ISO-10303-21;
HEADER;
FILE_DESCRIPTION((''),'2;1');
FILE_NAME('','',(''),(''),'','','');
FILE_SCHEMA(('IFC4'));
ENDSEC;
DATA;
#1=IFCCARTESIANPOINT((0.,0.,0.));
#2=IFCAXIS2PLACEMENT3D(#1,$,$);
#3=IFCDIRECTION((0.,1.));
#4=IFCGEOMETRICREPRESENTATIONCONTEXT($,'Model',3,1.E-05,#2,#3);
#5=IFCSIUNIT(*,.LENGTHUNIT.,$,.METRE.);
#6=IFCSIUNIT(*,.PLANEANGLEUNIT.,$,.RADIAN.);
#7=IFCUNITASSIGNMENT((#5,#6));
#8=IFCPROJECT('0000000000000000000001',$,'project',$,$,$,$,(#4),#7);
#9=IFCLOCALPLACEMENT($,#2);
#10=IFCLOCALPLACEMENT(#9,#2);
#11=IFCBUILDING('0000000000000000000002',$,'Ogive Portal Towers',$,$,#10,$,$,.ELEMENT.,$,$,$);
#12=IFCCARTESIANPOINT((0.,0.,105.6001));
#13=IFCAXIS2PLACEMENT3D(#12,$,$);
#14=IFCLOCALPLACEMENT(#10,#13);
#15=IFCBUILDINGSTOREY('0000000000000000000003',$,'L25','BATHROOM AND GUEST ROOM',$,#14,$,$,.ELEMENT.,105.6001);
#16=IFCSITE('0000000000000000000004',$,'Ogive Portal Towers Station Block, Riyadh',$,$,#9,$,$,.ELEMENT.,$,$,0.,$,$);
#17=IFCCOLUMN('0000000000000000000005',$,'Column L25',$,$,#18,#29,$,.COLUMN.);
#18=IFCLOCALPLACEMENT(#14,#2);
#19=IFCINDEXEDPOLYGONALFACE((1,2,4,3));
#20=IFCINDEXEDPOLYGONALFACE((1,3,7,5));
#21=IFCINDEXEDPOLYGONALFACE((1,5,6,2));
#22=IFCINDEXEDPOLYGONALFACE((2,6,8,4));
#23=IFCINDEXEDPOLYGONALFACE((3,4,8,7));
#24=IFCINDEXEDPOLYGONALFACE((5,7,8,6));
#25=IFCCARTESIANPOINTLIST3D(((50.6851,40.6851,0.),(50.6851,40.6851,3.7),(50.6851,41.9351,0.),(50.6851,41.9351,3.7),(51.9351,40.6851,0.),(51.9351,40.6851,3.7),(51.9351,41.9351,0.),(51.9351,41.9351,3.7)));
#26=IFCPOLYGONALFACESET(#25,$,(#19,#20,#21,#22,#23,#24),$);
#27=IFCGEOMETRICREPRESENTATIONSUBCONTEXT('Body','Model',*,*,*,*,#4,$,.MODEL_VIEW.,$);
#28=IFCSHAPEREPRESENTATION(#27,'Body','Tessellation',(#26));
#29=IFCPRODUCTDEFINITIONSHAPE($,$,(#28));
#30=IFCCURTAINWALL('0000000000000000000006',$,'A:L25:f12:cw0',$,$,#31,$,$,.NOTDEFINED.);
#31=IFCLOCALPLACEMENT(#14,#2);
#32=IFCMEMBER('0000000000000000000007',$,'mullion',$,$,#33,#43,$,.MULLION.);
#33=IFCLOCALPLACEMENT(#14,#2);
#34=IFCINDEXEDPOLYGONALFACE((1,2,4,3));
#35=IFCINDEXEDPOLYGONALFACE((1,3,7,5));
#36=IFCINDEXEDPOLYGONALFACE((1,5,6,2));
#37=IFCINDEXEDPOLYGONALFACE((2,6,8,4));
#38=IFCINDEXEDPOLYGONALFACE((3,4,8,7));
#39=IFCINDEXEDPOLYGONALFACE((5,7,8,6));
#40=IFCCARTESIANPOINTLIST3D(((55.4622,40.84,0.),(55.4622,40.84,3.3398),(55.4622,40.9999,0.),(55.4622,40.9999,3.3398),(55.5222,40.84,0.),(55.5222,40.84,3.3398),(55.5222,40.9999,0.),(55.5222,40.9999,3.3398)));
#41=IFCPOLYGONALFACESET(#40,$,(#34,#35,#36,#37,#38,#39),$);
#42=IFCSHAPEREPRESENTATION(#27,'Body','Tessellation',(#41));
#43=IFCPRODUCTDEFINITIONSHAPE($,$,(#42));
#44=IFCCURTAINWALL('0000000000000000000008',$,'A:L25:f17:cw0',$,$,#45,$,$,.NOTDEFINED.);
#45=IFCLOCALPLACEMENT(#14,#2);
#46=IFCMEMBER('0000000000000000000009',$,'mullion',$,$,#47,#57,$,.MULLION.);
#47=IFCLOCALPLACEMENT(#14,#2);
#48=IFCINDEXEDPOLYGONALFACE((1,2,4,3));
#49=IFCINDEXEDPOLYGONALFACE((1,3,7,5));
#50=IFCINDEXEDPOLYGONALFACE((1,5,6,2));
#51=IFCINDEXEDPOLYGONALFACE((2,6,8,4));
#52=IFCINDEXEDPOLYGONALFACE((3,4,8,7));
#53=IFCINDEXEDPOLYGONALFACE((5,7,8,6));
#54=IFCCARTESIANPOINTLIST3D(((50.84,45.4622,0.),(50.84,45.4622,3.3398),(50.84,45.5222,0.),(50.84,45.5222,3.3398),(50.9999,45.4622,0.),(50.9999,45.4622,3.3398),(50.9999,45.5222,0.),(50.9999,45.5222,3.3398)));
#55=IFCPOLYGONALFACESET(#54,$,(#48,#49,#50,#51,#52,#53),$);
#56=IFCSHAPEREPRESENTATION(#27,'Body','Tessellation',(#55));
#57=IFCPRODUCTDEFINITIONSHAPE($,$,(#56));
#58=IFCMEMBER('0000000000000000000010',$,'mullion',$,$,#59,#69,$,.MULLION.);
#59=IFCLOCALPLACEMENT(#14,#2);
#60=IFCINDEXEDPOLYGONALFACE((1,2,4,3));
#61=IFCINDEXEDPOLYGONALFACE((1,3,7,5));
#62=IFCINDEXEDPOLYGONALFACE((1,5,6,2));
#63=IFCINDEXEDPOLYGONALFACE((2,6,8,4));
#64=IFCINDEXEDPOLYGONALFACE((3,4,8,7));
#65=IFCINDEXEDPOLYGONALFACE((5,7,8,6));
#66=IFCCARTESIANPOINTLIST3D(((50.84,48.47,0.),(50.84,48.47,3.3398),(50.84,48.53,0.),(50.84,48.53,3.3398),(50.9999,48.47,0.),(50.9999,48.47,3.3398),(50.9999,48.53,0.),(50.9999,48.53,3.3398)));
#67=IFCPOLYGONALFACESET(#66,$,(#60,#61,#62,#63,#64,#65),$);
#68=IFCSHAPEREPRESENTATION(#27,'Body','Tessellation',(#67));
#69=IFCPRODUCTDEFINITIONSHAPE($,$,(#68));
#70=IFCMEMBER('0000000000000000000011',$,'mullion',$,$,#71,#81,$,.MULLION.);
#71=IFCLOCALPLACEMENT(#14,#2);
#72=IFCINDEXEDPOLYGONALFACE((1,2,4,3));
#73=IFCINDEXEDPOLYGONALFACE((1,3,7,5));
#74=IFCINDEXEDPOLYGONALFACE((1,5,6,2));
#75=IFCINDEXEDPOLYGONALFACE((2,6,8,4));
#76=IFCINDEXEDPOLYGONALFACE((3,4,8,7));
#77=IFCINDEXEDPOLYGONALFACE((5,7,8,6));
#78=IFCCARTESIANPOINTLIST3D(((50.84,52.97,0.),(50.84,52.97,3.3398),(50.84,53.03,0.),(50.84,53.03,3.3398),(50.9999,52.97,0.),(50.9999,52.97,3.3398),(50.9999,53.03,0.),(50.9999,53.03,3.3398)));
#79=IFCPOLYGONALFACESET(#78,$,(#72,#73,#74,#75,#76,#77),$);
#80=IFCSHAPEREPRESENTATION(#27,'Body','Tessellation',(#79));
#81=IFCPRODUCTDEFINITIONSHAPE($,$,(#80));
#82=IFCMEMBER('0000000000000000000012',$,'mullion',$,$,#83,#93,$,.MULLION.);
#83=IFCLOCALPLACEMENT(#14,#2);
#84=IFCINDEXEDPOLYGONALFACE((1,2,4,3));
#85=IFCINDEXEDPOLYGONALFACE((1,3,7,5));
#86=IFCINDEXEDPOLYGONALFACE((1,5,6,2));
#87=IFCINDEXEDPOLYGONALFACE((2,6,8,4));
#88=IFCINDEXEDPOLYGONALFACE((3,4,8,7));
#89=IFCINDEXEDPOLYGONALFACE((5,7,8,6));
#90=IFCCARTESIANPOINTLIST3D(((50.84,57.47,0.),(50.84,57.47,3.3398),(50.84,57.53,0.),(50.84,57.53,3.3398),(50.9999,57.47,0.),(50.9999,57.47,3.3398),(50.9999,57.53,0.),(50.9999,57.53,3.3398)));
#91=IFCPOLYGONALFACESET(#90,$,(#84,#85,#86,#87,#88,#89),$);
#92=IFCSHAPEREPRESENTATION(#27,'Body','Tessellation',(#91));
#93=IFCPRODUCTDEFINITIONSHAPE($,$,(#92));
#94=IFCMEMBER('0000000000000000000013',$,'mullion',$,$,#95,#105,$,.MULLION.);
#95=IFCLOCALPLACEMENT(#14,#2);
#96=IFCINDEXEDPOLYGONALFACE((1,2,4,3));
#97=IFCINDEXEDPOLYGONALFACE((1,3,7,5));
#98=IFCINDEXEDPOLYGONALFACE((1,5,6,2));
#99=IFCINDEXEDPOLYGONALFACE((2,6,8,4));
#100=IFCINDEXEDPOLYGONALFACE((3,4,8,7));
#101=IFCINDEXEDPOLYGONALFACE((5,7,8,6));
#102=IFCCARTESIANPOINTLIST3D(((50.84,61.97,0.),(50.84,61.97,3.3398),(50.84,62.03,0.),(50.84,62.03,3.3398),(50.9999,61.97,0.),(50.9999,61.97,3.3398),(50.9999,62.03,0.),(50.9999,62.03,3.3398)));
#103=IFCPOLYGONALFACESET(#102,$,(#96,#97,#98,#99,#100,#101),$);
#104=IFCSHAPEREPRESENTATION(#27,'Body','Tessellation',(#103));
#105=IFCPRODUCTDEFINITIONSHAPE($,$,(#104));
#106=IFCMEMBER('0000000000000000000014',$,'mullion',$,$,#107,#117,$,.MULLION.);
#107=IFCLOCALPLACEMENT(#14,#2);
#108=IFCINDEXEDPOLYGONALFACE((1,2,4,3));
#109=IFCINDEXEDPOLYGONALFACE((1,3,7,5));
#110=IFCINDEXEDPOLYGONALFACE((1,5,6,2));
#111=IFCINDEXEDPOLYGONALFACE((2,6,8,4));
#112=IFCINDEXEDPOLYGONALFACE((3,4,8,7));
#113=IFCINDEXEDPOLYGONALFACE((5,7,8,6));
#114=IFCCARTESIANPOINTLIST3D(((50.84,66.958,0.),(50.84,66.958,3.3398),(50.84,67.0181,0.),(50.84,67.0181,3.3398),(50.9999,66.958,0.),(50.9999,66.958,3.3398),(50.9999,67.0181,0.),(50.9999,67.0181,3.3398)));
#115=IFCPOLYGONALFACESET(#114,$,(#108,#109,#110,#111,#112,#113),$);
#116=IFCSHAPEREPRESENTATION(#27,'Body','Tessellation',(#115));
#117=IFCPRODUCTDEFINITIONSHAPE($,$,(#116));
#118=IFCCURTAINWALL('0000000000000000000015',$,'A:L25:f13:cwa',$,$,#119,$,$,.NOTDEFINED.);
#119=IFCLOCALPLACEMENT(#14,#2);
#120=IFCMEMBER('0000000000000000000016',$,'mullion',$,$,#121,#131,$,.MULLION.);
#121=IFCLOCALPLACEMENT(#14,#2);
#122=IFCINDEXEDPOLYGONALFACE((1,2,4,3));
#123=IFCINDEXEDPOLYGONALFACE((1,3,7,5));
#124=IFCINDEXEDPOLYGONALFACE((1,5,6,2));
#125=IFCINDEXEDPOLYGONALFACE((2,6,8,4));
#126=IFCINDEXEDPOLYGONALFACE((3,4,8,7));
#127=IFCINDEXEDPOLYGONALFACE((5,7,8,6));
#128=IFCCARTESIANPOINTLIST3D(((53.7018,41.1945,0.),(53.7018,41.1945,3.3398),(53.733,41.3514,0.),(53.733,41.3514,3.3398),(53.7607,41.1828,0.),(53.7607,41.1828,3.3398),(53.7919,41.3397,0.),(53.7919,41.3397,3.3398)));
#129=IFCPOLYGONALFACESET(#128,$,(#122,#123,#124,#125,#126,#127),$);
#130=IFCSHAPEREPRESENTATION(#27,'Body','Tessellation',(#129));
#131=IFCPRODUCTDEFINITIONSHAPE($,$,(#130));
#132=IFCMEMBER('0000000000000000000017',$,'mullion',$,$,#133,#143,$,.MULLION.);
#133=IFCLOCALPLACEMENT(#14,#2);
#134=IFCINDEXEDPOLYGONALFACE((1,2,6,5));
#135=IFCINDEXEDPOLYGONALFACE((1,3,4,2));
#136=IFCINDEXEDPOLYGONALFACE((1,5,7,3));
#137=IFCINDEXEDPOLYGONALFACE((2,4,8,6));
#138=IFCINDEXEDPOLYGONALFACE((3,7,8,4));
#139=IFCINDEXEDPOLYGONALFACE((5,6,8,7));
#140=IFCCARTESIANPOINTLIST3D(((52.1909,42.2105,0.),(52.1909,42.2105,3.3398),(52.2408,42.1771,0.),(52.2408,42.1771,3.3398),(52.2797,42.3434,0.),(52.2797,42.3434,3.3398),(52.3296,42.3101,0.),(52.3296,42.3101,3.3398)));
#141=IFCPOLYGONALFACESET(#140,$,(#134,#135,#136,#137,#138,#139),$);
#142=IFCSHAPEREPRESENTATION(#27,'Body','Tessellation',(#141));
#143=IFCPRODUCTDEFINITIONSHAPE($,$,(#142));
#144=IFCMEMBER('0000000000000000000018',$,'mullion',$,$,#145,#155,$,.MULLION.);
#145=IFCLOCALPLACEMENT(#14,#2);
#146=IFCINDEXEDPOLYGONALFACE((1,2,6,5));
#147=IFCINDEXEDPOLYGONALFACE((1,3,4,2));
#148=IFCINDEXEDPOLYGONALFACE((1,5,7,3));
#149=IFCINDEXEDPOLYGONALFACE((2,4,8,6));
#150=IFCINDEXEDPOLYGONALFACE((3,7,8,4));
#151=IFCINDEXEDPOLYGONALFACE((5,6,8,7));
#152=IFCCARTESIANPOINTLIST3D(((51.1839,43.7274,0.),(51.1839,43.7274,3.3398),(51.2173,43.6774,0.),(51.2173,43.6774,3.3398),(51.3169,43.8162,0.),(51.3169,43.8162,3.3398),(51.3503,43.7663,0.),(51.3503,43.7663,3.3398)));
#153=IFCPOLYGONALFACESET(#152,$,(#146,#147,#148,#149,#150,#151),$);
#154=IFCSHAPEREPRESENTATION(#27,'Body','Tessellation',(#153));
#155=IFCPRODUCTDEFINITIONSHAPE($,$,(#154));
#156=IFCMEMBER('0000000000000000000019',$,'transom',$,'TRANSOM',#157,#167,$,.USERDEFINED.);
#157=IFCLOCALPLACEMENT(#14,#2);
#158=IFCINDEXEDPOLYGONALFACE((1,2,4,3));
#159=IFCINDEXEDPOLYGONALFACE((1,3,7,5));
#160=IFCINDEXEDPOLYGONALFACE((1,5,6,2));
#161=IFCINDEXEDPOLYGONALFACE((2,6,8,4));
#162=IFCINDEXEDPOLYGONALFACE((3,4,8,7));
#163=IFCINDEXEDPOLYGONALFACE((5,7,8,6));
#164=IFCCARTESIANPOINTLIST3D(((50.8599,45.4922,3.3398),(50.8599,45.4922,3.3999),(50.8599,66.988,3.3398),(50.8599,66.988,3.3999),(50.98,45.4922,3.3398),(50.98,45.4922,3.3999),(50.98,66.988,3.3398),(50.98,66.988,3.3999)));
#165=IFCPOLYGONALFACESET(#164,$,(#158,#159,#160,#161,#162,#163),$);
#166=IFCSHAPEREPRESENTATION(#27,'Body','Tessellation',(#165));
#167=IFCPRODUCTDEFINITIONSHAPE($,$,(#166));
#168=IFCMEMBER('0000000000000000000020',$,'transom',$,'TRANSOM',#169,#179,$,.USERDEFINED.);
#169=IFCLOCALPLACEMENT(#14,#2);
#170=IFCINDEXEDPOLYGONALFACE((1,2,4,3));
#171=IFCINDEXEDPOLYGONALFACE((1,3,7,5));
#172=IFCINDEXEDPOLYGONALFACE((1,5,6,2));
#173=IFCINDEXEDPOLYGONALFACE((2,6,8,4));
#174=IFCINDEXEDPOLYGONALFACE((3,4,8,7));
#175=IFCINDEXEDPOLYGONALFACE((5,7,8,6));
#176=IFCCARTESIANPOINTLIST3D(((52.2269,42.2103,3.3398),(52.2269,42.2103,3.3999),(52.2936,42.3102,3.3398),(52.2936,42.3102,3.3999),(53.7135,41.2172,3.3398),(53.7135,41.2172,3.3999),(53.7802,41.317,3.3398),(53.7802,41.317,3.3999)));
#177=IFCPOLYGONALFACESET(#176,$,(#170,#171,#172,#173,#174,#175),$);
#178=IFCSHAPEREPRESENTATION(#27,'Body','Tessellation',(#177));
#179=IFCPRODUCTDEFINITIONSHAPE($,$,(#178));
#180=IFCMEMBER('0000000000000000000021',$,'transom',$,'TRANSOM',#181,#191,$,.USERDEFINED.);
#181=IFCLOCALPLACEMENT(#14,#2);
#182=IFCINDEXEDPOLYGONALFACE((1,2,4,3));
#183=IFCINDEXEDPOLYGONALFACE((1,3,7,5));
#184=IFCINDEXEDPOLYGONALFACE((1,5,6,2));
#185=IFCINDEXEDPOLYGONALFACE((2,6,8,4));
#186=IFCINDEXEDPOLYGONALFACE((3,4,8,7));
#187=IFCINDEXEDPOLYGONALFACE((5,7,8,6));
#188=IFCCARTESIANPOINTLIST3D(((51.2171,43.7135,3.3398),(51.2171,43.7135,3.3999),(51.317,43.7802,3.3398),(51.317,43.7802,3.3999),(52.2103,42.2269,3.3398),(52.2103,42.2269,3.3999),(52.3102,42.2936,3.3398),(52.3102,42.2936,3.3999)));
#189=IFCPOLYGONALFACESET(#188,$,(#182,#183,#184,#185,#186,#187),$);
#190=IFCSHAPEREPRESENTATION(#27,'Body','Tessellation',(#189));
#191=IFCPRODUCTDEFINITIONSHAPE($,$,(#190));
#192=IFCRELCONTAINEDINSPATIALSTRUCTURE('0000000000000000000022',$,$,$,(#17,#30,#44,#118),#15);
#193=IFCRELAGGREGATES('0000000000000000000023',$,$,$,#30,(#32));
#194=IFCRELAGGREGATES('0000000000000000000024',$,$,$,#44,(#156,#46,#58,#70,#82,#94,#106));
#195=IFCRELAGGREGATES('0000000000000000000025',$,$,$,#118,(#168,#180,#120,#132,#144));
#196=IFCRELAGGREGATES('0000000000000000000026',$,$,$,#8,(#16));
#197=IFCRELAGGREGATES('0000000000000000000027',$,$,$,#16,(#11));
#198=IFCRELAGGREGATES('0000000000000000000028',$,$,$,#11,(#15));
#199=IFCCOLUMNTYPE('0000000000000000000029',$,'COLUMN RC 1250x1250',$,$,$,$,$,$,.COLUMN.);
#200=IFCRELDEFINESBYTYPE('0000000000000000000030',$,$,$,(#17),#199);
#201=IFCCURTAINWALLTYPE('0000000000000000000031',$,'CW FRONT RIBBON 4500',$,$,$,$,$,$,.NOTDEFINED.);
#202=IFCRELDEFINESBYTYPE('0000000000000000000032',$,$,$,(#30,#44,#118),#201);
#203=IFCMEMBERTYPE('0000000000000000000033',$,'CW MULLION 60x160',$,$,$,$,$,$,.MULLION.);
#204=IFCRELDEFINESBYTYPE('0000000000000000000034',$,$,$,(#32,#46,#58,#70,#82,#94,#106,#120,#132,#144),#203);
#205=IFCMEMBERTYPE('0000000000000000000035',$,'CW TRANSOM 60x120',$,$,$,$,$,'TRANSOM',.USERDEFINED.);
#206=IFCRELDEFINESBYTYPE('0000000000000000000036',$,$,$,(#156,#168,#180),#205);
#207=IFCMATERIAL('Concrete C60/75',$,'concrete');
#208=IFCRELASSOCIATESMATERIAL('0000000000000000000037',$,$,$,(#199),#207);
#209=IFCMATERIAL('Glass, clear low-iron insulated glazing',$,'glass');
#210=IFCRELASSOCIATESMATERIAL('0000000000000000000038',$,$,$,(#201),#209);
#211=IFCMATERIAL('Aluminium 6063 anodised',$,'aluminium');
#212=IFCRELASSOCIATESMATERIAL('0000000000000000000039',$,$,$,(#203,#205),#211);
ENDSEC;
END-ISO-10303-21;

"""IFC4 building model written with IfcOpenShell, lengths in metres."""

from ifc_helpers import new_model, si_unit, direction, frame, origin, origin_2d, place, context, subcontext, project, spatial, rectangle, extrude, material, material_profile, profile_set, type_object, element, aggregate, save


model = new_model("IFC4")

# Units and contexts
model_context = context("Model", 3, precision=1e-05, world=origin(), true_north=direction((0.0, 1.0)))
body_context = subcontext(model_context, "Body", "Model", "MODEL_VIEW")
ifc_project = project(units=[si_unit("LENGTHUNIT", "METRE"), si_unit("PLANEANGLEUNIT", "RADIAN")], contexts=[model_context])

# Site, building, storey
site_placement = place(None, origin())
site = spatial("IfcSite", under=ifc_project, at=site_placement, Name="Ogive Portal Towers Station Block, Riyadh", CompositionType="ELEMENT", RefElevation=0.0)
building_placement = place(site_placement, origin())
building = spatial("IfcBuilding", under=site, at=building_placement, Name="Ogive Portal Towers", CompositionType="ELEMENT")
storey_placement = place(building_placement, frame((0.0, 0.0, 105.6001)))
storey = spatial("IfcBuildingStorey", under=building, at=storey_placement, Name="L25", Description="BATHROOM AND GUEST ROOM", CompositionType="ELEMENT", Elevation=105.6001)

# Column
ifc_material_1 = material(Name="Concrete C60/75", Category="concrete")
ifc_material_profile_1 = material_profile(ifc_material_1, rectangle(XDim=1.25, YDim=1.25, at=origin_2d()), Name="RC 1250x1250")
ifc_profile_set_1 = profile_set([ifc_material_profile_1], Name="Concrete C60/75")
column_type = type_object("IfcColumnType", Name="COLUMN RC 1250x1250", PredefinedType="COLUMN", material=ifc_profile_set_1)
column_placement = place(storey_placement, frame((51.3101, 41.3101, 0.0), z_axis=(0.0, 0.0, 1.0), x_axis=(1.0, 0.0, 0.0)))
element("IfcColumn", 1, at=column_placement, inside=storey, type_object=column_type, Name="Column L25", PredefinedType="COLUMN", context=body_context, shape_type="SweptSolid", body=[
    extrude(rectangle(XDim=1.25, YDim=1.25, at=origin_2d()), origin(), (0.0, 0.0, 1.0), 3.7),
])

# Curtain wall, member
ifc_material_2 = material(Name="Glass, clear low-iron insulated glazing", Category="glass")
curtain_wall_type = type_object("IfcCurtainWallType", Name="CW FRONT RIBBON 4500", PredefinedType="NOTDEFINED", material=ifc_material_2)
curtain_wall_1_placement = place(storey_placement, origin())
curtain_wall_1 = element("IfcCurtainWall", 2, at=curtain_wall_1_placement, inside=storey, type_object=curtain_wall_type, Name="A:L25:f12:cw0", PredefinedType="NOTDEFINED")
ifc_material_3 = material(Name="Aluminium 6063 anodised", Category="aluminium")
ifc_material_profile_2 = material_profile(ifc_material_3, rectangle(XDim=0.1599, YDim=0.0601, at=origin_2d()), Name="AL 60x160")
ifc_profile_set_2 = profile_set([ifc_material_profile_2], Name="Aluminium 6063 anodised")
member_type_1 = type_object("IfcMemberType", Name="CW MULLION 60x160", PredefinedType="MULLION", material=ifc_profile_set_2)
member_1_placement = place(storey_placement, frame((55.4922, 40.9199, 0.0), z_axis=(0.0, 0.0, 1.0), x_axis=(0.0, -1.0, 0.0)))
member_1 = element("IfcMember", 3, at=member_1_placement, type_object=member_type_1, Name="mullion", PredefinedType="MULLION", context=body_context, shape_type="SweptSolid", body=[
    extrude(rectangle(XDim=0.1599, YDim=0.0601, at=origin_2d()), origin(), (0.0, 0.0, 1.0), 3.3398),
])
aggregate(curtain_wall_1, [member_1])

# Curtain walls, members
curtain_wall_2_placement = place(storey_placement, origin())
curtain_wall_2 = element("IfcCurtainWall", 4, at=curtain_wall_2_placement, inside=storey, type_object=curtain_wall_type, Name="A:L25:f17:cw0", PredefinedType="NOTDEFINED")
member_2_placement = place(storey_placement, frame((50.9199, 45.4922, 0.0), z_axis=(0.0, 0.0, 1.0), x_axis=(-1.0, 0.0, 0.0)))
member_2 = element("IfcMember", 5, at=member_2_placement, type_object=member_type_1, Name="mullion", PredefinedType="MULLION", context=body_context, shape_type="SweptSolid", body=[
    extrude(rectangle(XDim=0.1599, YDim=0.0601, at=origin_2d()), origin(), (0.0, 0.0, 1.0), 3.3398),
])
member_3_placement = place(storey_placement, frame((50.9199, 48.5, 0.0), z_axis=(0.0, 0.0, 1.0), x_axis=(-1.0, 0.0, 0.0)))
member_3 = element("IfcMember", 6, at=member_3_placement, type_object=member_type_1, Name="mullion", PredefinedType="MULLION", context=body_context, shape_type="SweptSolid", body=[
    extrude(rectangle(XDim=0.1599, YDim=0.0601, at=origin_2d()), origin(), (0.0, 0.0, 1.0), 3.3398),
])
member_4_placement = place(storey_placement, frame((50.9199, 53.0, 0.0), z_axis=(0.0, 0.0, 1.0), x_axis=(-1.0, 0.0, 0.0)))
member_4 = element("IfcMember", 7, at=member_4_placement, type_object=member_type_1, Name="mullion", PredefinedType="MULLION", context=body_context, shape_type="SweptSolid", body=[
    extrude(rectangle(XDim=0.1599, YDim=0.0601, at=origin_2d()), origin(), (0.0, 0.0, 1.0), 3.3398),
])
member_5_placement = place(storey_placement, frame((50.9199, 57.5, 0.0), z_axis=(0.0, 0.0, 1.0), x_axis=(-1.0, 0.0, 0.0)))
member_5 = element("IfcMember", 8, at=member_5_placement, type_object=member_type_1, Name="mullion", PredefinedType="MULLION", context=body_context, shape_type="SweptSolid", body=[
    extrude(rectangle(XDim=0.1599, YDim=0.0601, at=origin_2d()), origin(), (0.0, 0.0, 1.0), 3.3398),
])
member_6_placement = place(storey_placement, frame((50.9199, 62.0, 0.0), z_axis=(0.0, 0.0, 1.0), x_axis=(-1.0, 0.0, 0.0)))
member_6 = element("IfcMember", 9, at=member_6_placement, type_object=member_type_1, Name="mullion", PredefinedType="MULLION", context=body_context, shape_type="SweptSolid", body=[
    extrude(rectangle(XDim=0.1599, YDim=0.0601, at=origin_2d()), origin(), (0.0, 0.0, 1.0), 3.3398),
])
member_7_placement = place(storey_placement, frame((50.9199, 66.988, 0.0), z_axis=(0.0, 0.0, 1.0), x_axis=(-1.0, 0.0, 0.0)))
member_7 = element("IfcMember", 10, at=member_7_placement, type_object=member_type_1, Name="mullion", PredefinedType="MULLION", context=body_context, shape_type="SweptSolid", body=[
    extrude(rectangle(XDim=0.1599, YDim=0.0601, at=origin_2d()), origin(), (0.0, 0.0, 1.0), 3.3398),
])
curtain_wall_3_placement = place(storey_placement, origin())
curtain_wall_3 = element("IfcCurtainWall", 11, at=curtain_wall_3_placement, inside=storey, type_object=curtain_wall_type, Name="A:L25:f13:cwa", PredefinedType="NOTDEFINED")
member_8_placement = place(storey_placement, frame((53.7468, 41.2671, 0.0), z_axis=(0.0, 0.0, 1.0), x_axis=(-0.19509, -0.980785, 0.0)))
member_8 = element("IfcMember", 12, at=member_8_placement, type_object=member_type_1, Name="mullion", PredefinedType="MULLION", context=body_context, shape_type="SweptSolid", body=[
    extrude(rectangle(XDim=0.1599, YDim=0.0601, at=origin_2d()), origin(), (0.0, 0.0, 1.0), 3.3398),
])
member_9_placement = place(storey_placement, frame((52.2603, 42.2603, 0.0), z_axis=(0.0, 0.0, 1.0), x_axis=(-0.55557, -0.83147, 0.0)))
member_9 = element("IfcMember", 13, at=member_9_placement, type_object=member_type_1, Name="mullion", PredefinedType="MULLION", context=body_context, shape_type="SweptSolid", body=[
    extrude(rectangle(XDim=0.1599, YDim=0.0601, at=origin_2d()), origin(), (0.0, 0.0, 1.0), 3.3398),
])
member_10_placement = place(storey_placement, frame((51.2671, 43.7468, 0.0), z_axis=(0.0, 0.0, 1.0), x_axis=(-0.83147, -0.55557, 0.0)))
member_10 = element("IfcMember", 14, at=member_10_placement, type_object=member_type_1, Name="mullion", PredefinedType="MULLION", context=body_context, shape_type="SweptSolid", body=[
    extrude(rectangle(XDim=0.1599, YDim=0.0601, at=origin_2d()), origin(), (0.0, 0.0, 1.0), 3.3398),
])

# Members
ifc_material_profile_3 = material_profile(ifc_material_3, rectangle(XDim=0.1201, YDim=0.0601, at=origin_2d()), Name="AL 120x60")
ifc_profile_set_3 = profile_set([ifc_material_profile_3], Name="Aluminium 6063 anodised")
member_type_2 = type_object("IfcMemberType", Name="CW TRANSOM 60x120", ElementType="TRANSOM", PredefinedType="USERDEFINED", material=ifc_profile_set_3)
member_11_placement = place(storey_placement, frame((50.9199, 45.4922, 3.3699), z_axis=(0.0, 1.0, 0.0), x_axis=(-1.0, 0.0, 0.0)))
member_11 = element("IfcMember", 15, at=member_11_placement, type_object=member_type_2, Name="transom", ObjectType="TRANSOM", PredefinedType="USERDEFINED", context=body_context, shape_type="SweptSolid", body=[
    extrude(rectangle(XDim=0.1201, YDim=0.0601, at=origin_2d()), origin(), (0.0, 0.0, 1.0), 21.4958),
])
member_12_placement = place(storey_placement, frame((53.7468, 41.2671, 3.3699), z_axis=(-0.831504, 0.555519, 0.0), x_axis=(-0.555519, -0.831504, 0.0)))
member_12 = element("IfcMember", 16, at=member_12_placement, type_object=member_type_2, Name="transom", ObjectType="TRANSOM", PredefinedType="USERDEFINED", context=body_context, shape_type="SweptSolid", body=[
    extrude(rectangle(XDim=0.1201, YDim=0.0601, at=origin_2d()), origin(), (0.0, 0.0, 1.0), 1.7878),
])
member_13_placement = place(storey_placement, frame((52.2603, 42.2603, 3.3699), z_axis=(-0.555519, 0.831504, 0.0), x_axis=(-0.831504, -0.555519, 0.0)))
member_13 = element("IfcMember", 17, at=member_13_placement, type_object=member_type_2, Name="transom", ObjectType="TRANSOM", PredefinedType="USERDEFINED", context=body_context, shape_type="SweptSolid", body=[
    extrude(rectangle(XDim=0.1201, YDim=0.0601, at=origin_2d()), origin(), (0.0, 0.0, 1.0), 1.7878),
])

aggregate(curtain_wall_2, [member_11, member_2, member_3, member_4, member_5, member_6, member_7])
aggregate(curtain_wall_3, [member_12, member_13, member_8, member_9, member_10])

save(model, "model.ifc")
